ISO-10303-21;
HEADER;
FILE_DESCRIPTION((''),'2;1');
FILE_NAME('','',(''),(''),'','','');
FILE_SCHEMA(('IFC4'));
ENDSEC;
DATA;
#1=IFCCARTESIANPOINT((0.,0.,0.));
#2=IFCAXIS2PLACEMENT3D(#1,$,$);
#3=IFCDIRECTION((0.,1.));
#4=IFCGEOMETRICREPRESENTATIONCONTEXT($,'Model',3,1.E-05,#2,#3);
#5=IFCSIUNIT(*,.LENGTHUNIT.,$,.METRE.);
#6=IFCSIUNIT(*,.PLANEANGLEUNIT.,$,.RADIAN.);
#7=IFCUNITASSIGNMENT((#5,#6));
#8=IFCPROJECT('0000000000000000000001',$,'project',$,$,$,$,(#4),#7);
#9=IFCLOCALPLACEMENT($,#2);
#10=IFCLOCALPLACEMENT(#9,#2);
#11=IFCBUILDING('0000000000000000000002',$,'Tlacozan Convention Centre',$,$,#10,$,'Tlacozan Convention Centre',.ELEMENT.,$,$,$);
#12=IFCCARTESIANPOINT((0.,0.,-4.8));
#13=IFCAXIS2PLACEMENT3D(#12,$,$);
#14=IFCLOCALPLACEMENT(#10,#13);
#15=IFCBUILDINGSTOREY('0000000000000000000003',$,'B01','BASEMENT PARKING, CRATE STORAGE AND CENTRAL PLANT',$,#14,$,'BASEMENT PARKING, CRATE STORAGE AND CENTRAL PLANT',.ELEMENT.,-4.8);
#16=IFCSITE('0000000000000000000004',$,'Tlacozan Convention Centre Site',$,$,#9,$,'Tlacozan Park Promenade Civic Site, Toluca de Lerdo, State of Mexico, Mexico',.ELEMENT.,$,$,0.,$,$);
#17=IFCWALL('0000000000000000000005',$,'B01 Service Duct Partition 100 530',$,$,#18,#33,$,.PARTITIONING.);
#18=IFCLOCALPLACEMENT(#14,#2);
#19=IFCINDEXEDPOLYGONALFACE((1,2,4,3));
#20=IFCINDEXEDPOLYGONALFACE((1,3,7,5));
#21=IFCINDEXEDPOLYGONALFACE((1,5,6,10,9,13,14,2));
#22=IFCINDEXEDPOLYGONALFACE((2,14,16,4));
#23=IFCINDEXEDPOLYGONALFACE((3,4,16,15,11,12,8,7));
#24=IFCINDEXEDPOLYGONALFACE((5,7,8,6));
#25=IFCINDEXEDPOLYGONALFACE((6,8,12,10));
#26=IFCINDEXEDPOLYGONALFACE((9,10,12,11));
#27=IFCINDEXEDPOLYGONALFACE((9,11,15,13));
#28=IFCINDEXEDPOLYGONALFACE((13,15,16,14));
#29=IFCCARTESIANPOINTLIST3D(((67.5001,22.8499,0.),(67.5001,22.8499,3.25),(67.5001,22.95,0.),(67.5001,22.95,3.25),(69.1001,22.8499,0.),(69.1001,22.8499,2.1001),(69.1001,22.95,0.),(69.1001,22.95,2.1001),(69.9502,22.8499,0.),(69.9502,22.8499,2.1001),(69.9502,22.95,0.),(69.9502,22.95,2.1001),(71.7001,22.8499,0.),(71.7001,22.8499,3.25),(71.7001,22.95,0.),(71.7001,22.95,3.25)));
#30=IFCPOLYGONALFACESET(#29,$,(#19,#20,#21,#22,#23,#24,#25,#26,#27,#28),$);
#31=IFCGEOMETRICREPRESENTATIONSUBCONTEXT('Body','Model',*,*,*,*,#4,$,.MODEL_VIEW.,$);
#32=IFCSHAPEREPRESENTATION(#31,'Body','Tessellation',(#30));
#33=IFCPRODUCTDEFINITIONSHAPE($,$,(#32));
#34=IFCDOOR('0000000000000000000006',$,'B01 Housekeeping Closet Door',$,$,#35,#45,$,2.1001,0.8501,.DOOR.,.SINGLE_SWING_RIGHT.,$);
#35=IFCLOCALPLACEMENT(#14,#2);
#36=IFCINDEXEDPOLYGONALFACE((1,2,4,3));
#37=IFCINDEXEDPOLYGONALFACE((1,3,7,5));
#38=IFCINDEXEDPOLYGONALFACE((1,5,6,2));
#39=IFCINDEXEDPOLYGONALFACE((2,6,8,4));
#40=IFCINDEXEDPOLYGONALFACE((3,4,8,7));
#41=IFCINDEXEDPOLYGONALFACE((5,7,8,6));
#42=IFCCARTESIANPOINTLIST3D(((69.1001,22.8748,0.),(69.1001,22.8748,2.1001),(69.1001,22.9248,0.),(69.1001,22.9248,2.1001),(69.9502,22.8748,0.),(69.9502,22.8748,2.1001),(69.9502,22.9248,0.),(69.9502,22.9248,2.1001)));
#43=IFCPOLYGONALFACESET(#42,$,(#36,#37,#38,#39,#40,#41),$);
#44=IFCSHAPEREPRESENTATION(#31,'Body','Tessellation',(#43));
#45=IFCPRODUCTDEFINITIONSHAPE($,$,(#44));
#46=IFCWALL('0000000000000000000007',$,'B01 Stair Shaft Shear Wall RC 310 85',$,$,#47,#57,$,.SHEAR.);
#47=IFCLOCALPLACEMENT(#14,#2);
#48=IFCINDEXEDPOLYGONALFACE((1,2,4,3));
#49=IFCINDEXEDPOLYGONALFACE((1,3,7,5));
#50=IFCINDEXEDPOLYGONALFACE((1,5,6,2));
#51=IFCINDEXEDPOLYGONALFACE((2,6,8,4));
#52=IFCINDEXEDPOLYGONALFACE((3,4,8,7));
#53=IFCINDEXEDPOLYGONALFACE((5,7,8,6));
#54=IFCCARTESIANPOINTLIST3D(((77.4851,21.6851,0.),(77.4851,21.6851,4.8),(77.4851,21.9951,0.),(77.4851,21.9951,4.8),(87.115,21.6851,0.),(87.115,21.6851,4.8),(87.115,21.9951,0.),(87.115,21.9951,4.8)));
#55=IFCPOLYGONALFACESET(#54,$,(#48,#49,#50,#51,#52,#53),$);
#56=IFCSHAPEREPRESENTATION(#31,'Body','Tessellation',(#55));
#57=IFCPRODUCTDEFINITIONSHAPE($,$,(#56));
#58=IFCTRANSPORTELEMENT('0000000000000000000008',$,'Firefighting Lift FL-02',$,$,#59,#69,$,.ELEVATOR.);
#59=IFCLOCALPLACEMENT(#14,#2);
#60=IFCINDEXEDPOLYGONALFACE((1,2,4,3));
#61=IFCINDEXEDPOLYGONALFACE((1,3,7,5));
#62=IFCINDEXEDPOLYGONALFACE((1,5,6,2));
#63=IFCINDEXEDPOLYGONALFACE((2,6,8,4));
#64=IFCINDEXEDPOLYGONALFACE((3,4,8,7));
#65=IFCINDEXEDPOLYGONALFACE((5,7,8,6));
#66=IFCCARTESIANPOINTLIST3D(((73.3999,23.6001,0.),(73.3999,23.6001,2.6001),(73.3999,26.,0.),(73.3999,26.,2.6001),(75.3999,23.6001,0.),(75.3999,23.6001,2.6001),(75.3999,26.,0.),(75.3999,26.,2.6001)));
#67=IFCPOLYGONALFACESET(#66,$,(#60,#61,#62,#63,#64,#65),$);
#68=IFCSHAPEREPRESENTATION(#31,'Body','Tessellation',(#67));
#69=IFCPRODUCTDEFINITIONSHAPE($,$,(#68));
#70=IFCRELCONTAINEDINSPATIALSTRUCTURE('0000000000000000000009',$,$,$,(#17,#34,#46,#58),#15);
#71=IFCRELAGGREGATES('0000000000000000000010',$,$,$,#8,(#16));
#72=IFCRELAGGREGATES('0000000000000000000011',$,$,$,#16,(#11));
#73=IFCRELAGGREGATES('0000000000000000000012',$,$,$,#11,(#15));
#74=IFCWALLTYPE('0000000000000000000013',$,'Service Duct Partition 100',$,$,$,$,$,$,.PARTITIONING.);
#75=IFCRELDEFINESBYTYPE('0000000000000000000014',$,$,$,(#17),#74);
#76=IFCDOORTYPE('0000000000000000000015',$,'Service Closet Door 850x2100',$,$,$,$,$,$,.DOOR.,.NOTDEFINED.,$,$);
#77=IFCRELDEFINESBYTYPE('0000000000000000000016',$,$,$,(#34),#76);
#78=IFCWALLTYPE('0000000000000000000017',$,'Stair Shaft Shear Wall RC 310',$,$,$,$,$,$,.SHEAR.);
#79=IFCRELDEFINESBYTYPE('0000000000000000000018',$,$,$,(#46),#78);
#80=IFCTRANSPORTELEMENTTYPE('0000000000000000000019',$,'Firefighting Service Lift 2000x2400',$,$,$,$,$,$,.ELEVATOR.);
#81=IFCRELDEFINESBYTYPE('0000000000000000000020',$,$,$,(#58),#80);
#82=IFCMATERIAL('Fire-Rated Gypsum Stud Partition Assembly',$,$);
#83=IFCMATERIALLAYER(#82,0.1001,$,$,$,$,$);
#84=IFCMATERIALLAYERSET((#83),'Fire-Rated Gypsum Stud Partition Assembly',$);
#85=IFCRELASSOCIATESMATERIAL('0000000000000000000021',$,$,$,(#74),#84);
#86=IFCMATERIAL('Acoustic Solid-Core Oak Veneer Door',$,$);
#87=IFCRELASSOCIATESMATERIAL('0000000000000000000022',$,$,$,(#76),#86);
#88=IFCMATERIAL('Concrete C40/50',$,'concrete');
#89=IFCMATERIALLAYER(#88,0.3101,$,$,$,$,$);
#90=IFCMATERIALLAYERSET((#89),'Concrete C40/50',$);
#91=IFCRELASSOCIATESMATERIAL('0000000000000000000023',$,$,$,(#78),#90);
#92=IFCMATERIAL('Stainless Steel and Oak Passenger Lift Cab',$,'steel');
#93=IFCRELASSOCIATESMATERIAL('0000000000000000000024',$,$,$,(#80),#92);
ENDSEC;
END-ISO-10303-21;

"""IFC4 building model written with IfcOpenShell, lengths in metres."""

from ifc_helpers import new_model, si_unit, direction, frame, frame_2d, origin, origin_2d, place, context, subcontext, project, spatial, rectangle, extrude, material, layer, layer_set, type_object, element, fill, save


model = new_model("IFC4")

# Units and contexts
model_context = context("Model", 3, precision=1e-05, world=origin(), true_north=direction((0.0, 1.0)))
body_context = subcontext(model_context, "Body", "Model", "MODEL_VIEW")
ifc_project = project(units=[si_unit("LENGTHUNIT", "METRE"), si_unit("PLANEANGLEUNIT", "RADIAN")], contexts=[model_context])

# Site, building, storey
site_placement = place(None, origin())
site = spatial("IfcSite", under=ifc_project, at=site_placement, Name="Tlacozan Convention Centre Site", LongName="Tlacozan Park Promenade Civic Site, Toluca de Lerdo, State of Mexico, Mexico", CompositionType="ELEMENT", RefElevation=0.0)
building_placement = place(site_placement, origin())
building = spatial("IfcBuilding", under=site, at=building_placement, Name="Tlacozan Convention Centre", LongName="Tlacozan Convention Centre", CompositionType="ELEMENT")
storey_placement = place(building_placement, frame((0.0, 0.0, -4.8)))
storey = spatial("IfcBuildingStorey", under=building, at=storey_placement, Name="B01", Description="BASEMENT PARKING, CRATE STORAGE AND CENTRAL PLANT", LongName="BASEMENT PARKING, CRATE STORAGE AND CENTRAL PLANT", CompositionType="ELEMENT", Elevation=-4.8)

# Shared definitions
ifc_material_1 = material(Name="Concrete C40/50", Category="concrete")

# Wall, opening, door
ifc_material_2 = material(Name="Fire-Rated Gypsum Stud Partition Assembly")
ifc_layer_1 = layer(ifc_material_2, 0.1001)
ifc_layer_set_1 = layer_set([ifc_layer_1], Name="Fire-Rated Gypsum Stud Partition Assembly")
wall_type_1 = type_object("IfcWallType", Name="Service Duct Partition 100", PredefinedType="PARTITIONING", material=ifc_layer_set_1)
wall_1_placement = place(storey_placement, frame((67.5, 22.8999, 0.0), z_axis=(0.0, 0.0, 1.0), x_axis=(1.0, 0.0, 0.0)))
wall_1 = element("IfcWall", 1, at=wall_1_placement, inside=storey, type_object=wall_type_1, Name="B01 Service Duct Partition 100 530", PredefinedType="PARTITIONING", context=body_context, shape_type="SweptSolid", body=[
    extrude(rectangle(XDim=4.2, YDim=0.1001, at=frame_2d((2.1001, 0.0))), origin(), (0.0, 0.0, 1.0), 3.25),
])
opening_1_placement = place(wall_1_placement, frame((1.6001, 0.0, 0.0)))
opening_1 = element("IfcOpeningElement", 2, at=opening_1_placement, cuts=wall_1, PredefinedType="OPENING", context=body_context, shape_type="SweptSolid", body=[
    extrude(rectangle(XDim=0.8501, YDim=2.1001, at=frame_2d((0.425, 1.05))), frame((0.0, 0.0601, 0.0), z_axis=(0.0, -1.0, 0.0), x_axis=(1.0, 0.0, 0.0)), (0.0, 0.0, 1.0), 0.1201),
])
ifc_material_3 = material(Name="Acoustic Solid-Core Oak Veneer Door")
door_type_1 = type_object("IfcDoorType", Name="Service Closet Door 850x2100", OperationType="NOTDEFINED", PredefinedType="DOOR", material=ifc_material_3)
door_1_placement = place(opening_1_placement, origin())
door_1 = element("IfcDoor", 3, at=door_1_placement, inside=storey, type_object=door_type_1, Name="B01 Housekeeping Closet Door", OperationType="SINGLE_SWING_RIGHT", OverallHeight=2.1001, OverallWidth=0.8501, PredefinedType="DOOR", context=body_context, shape_type="SweptSolid", body=[
    extrude(rectangle(XDim=0.8501, YDim=2.1001, at=frame_2d((0.425, 1.05))), frame((0.0, 0.0249, 0.0), z_axis=(0.0, -1.0, 0.0), x_axis=(1.0, 0.0, 0.0)), (0.0, 0.0, 1.0), 0.05),
])
fill(opening_1, door_1)

# Wall
ifc_layer_2 = layer(ifc_material_1, 0.3101)
ifc_layer_set_2 = layer_set([ifc_layer_2], Name="Concrete C40/50")
wall_type_2 = type_object("IfcWallType", Name="Stair Shaft Shear Wall RC 310", PredefinedType="SHEAR", material=ifc_layer_set_2)
wall_2_placement = place(storey_placement, frame((77.4851, 21.8401, 0.0), z_axis=(0.0, 0.0, 1.0), x_axis=(1.0, 0.0, 0.0)))
element("IfcWall", 4, at=wall_2_placement, inside=storey, type_object=wall_type_2, Name="B01 Stair Shaft Shear Wall RC 310 85", PredefinedType="SHEAR", context=body_context, shape_type="SweptSolid", body=[
    extrude(rectangle(XDim=9.6299, YDim=0.3101, at=frame_2d((4.8149, 0.0))), origin(), (0.0, 0.0, 1.0), 4.8),
])

# Transport element
ifc_material_4 = material(Name="Stainless Steel and Oak Passenger Lift Cab", Category="steel")
transport_element_type = type_object("IfcTransportElementType", Name="Firefighting Service Lift 2000x2400", PredefinedType="ELEVATOR", material=ifc_material_4)
transport_element_placement = place(storey_placement, frame((74.3999, 24.8, 0.0), z_axis=(0.0, 0.0, 1.0), x_axis=(1.0, 0.0, 0.0)))
element("IfcTransportElement", 5, at=transport_element_placement, inside=storey, type_object=transport_element_type, Name="Firefighting Lift FL-02", PredefinedType="ELEVATOR", context=body_context, shape_type="SweptSolid", body=[
    extrude(rectangle(XDim=2.0, YDim=2.3999, at=origin_2d()), origin(), (0.0, 0.0, 1.0), 2.6001),
])

save(model, "model.ifc")
